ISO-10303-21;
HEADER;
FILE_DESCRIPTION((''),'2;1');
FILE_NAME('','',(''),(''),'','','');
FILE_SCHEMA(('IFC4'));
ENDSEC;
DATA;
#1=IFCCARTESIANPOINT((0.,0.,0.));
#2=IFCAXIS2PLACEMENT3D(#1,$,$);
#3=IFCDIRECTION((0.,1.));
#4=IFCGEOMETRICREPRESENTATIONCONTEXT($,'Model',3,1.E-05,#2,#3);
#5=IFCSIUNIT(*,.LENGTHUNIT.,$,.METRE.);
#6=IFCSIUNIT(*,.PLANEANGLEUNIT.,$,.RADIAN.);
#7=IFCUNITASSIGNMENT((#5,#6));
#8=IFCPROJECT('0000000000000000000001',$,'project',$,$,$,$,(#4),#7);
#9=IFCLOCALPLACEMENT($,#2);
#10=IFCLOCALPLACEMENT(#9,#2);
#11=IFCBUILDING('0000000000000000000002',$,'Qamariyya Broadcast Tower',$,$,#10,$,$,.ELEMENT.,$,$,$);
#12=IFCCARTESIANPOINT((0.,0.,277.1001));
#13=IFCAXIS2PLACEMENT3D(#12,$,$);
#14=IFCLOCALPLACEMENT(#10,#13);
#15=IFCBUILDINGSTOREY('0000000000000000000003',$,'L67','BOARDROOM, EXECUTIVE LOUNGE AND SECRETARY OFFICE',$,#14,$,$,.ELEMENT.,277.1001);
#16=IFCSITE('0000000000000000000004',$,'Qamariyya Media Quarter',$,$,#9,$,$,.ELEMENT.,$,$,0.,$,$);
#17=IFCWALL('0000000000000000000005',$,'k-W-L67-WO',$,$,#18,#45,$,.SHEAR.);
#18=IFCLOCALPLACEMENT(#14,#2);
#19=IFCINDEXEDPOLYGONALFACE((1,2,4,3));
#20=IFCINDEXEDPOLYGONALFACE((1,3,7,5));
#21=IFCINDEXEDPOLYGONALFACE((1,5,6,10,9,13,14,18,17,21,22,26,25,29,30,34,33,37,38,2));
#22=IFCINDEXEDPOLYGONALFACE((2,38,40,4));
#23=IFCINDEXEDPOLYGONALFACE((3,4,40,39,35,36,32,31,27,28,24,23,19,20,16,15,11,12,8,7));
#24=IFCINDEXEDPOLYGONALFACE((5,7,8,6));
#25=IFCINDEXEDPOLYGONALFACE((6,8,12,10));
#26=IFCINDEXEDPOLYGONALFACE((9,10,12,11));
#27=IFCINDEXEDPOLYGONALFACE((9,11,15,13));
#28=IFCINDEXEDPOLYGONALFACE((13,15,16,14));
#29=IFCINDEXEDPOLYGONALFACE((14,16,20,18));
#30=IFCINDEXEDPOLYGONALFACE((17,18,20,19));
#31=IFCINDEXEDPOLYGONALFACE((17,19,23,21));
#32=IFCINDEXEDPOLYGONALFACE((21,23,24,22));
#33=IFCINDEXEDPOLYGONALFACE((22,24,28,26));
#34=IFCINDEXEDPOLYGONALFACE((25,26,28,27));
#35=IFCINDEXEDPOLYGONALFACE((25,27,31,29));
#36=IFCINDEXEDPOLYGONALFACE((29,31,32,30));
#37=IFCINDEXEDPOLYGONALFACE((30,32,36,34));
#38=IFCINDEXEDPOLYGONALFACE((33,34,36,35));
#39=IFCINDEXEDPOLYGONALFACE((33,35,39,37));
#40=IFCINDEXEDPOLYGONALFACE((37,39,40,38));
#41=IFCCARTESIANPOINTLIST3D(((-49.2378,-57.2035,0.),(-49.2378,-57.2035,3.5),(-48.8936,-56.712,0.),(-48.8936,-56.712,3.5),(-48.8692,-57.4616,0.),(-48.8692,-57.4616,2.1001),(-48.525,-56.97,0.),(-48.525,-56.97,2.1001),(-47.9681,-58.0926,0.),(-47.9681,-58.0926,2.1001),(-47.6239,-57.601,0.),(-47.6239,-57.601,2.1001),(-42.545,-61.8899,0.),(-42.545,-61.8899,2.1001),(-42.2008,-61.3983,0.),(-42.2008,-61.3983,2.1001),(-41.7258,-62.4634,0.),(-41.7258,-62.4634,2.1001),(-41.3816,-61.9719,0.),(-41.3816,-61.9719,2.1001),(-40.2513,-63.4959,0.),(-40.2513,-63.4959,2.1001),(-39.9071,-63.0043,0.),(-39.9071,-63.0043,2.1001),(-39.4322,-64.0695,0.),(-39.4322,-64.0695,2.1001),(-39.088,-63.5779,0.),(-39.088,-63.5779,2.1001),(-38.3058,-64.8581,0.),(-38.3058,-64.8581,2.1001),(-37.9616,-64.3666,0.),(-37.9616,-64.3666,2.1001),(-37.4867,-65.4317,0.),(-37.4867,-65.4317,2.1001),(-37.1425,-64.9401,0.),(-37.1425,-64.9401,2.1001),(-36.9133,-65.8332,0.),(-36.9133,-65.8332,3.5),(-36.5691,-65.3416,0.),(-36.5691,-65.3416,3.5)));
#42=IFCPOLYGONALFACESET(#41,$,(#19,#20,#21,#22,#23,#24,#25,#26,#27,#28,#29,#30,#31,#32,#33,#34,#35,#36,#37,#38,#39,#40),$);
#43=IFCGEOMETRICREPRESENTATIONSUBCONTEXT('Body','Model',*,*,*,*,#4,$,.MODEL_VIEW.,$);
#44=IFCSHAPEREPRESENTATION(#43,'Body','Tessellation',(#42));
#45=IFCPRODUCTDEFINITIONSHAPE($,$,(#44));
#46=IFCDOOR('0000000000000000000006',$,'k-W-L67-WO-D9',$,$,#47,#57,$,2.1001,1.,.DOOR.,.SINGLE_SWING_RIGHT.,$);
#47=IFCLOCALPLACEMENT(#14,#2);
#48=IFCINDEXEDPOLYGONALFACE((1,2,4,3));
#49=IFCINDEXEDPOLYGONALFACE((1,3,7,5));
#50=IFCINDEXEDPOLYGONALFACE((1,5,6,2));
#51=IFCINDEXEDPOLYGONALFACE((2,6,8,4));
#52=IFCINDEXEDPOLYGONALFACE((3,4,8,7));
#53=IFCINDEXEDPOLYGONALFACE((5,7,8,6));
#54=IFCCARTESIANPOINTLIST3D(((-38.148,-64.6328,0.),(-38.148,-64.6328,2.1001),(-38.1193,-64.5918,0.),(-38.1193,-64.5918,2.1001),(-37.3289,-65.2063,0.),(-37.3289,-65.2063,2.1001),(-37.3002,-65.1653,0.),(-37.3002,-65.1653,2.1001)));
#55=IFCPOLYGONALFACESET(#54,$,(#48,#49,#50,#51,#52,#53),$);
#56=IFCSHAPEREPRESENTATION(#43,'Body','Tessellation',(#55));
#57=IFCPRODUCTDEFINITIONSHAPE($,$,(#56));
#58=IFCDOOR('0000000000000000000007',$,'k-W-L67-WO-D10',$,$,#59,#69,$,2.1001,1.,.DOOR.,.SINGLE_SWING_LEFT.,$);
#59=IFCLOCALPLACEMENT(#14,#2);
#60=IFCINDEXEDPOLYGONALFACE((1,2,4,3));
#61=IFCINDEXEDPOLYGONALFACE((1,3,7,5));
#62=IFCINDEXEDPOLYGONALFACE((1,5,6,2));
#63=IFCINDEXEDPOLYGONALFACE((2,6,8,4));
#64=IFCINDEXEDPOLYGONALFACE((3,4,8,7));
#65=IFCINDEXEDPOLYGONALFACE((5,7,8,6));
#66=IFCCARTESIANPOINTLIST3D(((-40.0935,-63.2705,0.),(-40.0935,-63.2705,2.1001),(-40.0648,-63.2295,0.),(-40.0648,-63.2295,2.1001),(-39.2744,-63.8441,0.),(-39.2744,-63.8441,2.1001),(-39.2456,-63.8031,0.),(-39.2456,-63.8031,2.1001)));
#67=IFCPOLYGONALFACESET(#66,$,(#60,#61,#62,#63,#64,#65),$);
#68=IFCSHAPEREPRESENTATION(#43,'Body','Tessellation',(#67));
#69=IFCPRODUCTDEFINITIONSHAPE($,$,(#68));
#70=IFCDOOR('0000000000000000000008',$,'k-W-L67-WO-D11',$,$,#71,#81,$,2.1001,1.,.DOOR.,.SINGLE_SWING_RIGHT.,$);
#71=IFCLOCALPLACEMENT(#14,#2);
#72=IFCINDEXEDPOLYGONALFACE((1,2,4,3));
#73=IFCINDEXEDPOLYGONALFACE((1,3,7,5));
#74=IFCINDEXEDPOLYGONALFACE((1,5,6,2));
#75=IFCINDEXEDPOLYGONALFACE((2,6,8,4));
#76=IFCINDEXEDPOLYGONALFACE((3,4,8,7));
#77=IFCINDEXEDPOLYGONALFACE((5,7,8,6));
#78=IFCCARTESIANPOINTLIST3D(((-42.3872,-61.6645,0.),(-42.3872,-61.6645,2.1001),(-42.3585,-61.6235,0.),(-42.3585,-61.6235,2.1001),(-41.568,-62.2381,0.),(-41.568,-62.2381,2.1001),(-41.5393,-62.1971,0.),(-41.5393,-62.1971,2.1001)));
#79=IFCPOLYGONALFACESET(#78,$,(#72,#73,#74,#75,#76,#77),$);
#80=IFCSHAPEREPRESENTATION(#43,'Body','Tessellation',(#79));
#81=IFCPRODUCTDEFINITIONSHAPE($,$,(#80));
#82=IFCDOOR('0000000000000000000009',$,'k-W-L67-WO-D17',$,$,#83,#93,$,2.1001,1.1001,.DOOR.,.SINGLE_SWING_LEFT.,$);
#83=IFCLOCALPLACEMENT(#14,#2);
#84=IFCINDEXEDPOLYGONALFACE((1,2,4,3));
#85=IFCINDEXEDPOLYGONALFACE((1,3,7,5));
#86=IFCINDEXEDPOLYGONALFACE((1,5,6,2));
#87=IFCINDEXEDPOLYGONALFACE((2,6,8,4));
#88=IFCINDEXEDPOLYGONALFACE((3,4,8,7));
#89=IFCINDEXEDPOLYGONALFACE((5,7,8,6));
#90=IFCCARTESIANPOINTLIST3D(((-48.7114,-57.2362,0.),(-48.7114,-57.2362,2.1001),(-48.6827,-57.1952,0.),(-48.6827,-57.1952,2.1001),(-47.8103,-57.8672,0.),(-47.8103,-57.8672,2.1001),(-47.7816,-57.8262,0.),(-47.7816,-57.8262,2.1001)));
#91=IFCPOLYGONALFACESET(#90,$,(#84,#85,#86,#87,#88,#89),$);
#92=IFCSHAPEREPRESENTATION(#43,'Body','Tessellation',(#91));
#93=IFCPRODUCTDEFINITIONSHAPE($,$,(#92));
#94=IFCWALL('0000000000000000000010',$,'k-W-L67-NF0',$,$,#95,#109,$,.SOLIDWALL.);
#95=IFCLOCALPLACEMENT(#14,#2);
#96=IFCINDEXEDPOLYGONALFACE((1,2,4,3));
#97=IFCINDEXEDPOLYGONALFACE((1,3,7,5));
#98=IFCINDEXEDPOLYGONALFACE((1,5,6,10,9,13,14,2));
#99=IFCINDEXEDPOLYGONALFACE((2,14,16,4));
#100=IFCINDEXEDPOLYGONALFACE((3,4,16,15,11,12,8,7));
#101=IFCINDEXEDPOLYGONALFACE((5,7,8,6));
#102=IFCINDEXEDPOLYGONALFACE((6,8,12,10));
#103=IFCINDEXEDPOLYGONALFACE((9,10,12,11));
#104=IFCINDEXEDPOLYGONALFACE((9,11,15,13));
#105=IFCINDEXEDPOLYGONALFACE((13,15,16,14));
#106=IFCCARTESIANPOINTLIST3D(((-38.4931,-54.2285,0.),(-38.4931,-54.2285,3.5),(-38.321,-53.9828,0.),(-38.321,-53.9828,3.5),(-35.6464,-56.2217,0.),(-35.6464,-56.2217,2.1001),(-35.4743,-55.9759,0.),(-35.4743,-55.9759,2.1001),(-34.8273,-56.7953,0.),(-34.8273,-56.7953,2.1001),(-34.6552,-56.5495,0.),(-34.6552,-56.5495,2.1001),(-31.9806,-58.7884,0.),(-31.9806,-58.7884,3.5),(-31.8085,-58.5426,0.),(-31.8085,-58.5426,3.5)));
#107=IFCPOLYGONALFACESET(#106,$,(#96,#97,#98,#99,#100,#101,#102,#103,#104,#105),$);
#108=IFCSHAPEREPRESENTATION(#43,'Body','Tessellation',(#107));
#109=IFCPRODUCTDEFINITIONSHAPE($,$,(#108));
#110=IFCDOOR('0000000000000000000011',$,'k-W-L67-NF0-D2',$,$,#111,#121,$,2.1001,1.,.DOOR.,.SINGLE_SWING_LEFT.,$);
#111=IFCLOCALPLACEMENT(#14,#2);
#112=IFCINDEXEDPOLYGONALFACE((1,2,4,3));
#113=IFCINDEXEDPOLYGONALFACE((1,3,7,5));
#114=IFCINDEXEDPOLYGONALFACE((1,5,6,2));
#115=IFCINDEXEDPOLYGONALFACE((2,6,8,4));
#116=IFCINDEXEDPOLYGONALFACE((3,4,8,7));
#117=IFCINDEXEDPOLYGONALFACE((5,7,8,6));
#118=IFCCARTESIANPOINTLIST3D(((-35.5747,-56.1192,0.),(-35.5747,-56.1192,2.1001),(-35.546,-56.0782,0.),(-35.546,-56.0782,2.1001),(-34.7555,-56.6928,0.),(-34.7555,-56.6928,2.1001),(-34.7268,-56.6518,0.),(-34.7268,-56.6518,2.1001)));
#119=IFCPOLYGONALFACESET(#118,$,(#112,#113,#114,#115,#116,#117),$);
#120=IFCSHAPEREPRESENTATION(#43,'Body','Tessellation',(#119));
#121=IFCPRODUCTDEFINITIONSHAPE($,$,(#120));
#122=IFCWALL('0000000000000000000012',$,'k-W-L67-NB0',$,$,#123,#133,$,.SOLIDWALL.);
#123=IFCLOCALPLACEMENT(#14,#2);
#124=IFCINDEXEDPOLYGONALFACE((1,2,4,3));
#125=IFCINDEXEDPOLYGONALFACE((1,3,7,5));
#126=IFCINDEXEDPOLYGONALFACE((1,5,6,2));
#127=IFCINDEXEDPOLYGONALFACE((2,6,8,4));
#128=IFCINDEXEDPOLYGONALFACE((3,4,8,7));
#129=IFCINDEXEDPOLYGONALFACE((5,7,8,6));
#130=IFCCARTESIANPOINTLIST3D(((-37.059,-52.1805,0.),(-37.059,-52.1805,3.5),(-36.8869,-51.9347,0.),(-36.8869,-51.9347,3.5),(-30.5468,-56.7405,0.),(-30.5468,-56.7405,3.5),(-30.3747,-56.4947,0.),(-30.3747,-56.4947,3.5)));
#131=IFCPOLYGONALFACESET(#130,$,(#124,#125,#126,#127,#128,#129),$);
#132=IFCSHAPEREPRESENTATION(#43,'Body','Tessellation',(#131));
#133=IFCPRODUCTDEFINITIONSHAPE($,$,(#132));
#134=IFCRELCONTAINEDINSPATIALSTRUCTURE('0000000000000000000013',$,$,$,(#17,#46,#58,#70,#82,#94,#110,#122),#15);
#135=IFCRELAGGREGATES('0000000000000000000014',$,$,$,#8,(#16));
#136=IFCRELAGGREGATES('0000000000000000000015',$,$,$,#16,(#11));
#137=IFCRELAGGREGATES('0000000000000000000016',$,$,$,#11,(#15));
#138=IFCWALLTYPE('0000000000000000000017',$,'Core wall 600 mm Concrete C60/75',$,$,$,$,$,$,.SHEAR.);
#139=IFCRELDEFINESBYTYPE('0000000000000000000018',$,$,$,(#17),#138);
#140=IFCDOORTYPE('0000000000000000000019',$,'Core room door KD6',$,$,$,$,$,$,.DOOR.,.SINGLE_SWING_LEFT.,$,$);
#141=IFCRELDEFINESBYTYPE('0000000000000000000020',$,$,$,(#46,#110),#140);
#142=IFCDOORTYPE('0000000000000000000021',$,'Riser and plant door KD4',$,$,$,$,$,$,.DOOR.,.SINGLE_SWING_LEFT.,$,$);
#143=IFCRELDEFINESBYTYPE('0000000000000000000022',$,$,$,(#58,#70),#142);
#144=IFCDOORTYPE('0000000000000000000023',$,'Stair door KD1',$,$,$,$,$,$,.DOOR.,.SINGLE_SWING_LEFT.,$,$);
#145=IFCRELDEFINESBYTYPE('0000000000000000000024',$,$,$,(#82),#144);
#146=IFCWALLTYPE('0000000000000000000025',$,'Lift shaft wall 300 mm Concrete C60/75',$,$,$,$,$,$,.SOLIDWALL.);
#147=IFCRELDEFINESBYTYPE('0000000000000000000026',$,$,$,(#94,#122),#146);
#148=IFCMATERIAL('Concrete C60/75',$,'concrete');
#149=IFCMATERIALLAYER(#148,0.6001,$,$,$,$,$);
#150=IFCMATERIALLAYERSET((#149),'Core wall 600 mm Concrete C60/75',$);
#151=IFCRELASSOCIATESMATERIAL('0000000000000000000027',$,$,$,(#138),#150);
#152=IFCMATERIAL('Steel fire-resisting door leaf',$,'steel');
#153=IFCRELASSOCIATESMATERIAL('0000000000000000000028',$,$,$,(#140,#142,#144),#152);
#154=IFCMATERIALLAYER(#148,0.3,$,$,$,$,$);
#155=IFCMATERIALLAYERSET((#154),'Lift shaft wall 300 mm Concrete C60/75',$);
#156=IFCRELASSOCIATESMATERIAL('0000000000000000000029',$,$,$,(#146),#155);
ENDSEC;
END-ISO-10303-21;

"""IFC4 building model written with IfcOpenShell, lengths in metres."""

from ifc_helpers import new_model, si_unit, direction, frame, frame_2d, origin, place, context, subcontext, project, spatial, rectangle, extrude, material, layer, layer_set, type_object, element, fill, save


model = new_model("IFC4")

# Units and contexts
model_context = context("Model", 3, precision=1e-05, world=origin(), true_north=direction((0.0, 1.0)))
body_context = subcontext(model_context, "Body", "Model", "MODEL_VIEW")
ifc_project = project(units=[si_unit("LENGTHUNIT", "METRE"), si_unit("PLANEANGLEUNIT", "RADIAN")], contexts=[model_context])

# Site, building, storey
site_placement = place(None, origin())
site = spatial("IfcSite", under=ifc_project, at=site_placement, Name="Qamariyya Media Quarter", CompositionType="ELEMENT", RefElevation=0.0)
building_placement = place(site_placement, origin())
building = spatial("IfcBuilding", under=site, at=building_placement, Name="Qamariyya Broadcast Tower", CompositionType="ELEMENT")
storey_placement = place(building_placement, frame((0.0, 0.0, 277.1001)))
storey = spatial("IfcBuildingStorey", under=building, at=storey_placement, Name="L67", Description="BOARDROOM, EXECUTIVE LOUNGE AND SECRETARY OFFICE", CompositionType="ELEMENT", Elevation=277.1001)

# Shared definitions
ifc_material_1 = material(Name="Concrete C60/75", Category="concrete")
ifc_layer_1 = layer(ifc_material_1, 0.6001)
ifc_layer_set_1 = layer_set([ifc_layer_1], Name="Core wall 600 mm Concrete C60/75")
wall_type_1 = type_object("IfcWallType", Name="Core wall 600 mm Concrete C60/75", PredefinedType="SHEAR", material=ifc_layer_set_1)
ifc_material_2 = material(Name="Steel fire-resisting door leaf", Category="steel")

# Wall, openings, doors
wall_1_placement = place(storey_placement, frame((-36.7412, -65.5874, 0.0), z_axis=(0.0, 0.0, 1.0), x_axis=(-0.819153, 0.573575, 0.0)))
wall_1 = element("IfcWall", 1, at=wall_1_placement, inside=storey, type_object=wall_type_1, Name="k-W-L67-WO", PredefinedType="SHEAR", context=body_context, shape_type="SweptSolid", body=[
    extrude(rectangle(XDim=15.0454, YDim=0.6001, at=frame_2d((7.5227, 0.0))), origin(), (0.0, 0.0, 1.0), 3.5),
])
opening_1_placement = place(wall_1_placement, frame((0.7, 0.0, 0.0)))
opening_1 = element("IfcOpeningElement", 2, at=opening_1_placement, cuts=wall_1, PredefinedType="OPENING", context=body_context, shape_type="SweptSolid", body=[
    extrude(rectangle(XDim=1.0, YDim=2.1001, at=frame_2d((0.5, 1.05))), frame((0.0, 0.3101, 0.0), z_axis=(0.0, -1.0, 0.0), x_axis=(1.0, 0.0, 0.0)), (0.0, 0.0, 1.0), 0.6201),
])
opening_2_placement = place(wall_1_placement, frame((3.075, 0.0, 0.0)))
opening_2 = element("IfcOpeningElement", 3, at=opening_2_placement, cuts=wall_1, PredefinedType="OPENING", context=body_context, shape_type="SweptSolid", body=[
    extrude(rectangle(XDim=1.0, YDim=2.1001, at=frame_2d((0.5, 1.05))), frame((0.0, 0.3101, 0.0), z_axis=(0.0, -1.0, 0.0), x_axis=(1.0, 0.0, 0.0)), (0.0, 0.0, 1.0), 0.6201),
])
opening_3_placement = place(wall_1_placement, frame((5.875, 0.0, 0.0)))
opening_3 = element("IfcOpeningElement", 4, at=opening_3_placement, cuts=wall_1, PredefinedType="OPENING", context=body_context, shape_type="SweptSolid", body=[
    extrude(rectangle(XDim=1.0, YDim=2.1001, at=frame_2d((0.5, 1.05))), frame((0.0, 0.3101, 0.0), z_axis=(0.0, -1.0, 0.0), x_axis=(1.0, 0.0, 0.0)), (0.0, 0.0, 1.0), 0.6201),
])
opening_4_placement = place(wall_1_placement, frame((13.4954, 0.0, 0.0)))
opening_4 = element("IfcOpeningElement", 5, at=opening_4_placement, cuts=wall_1, PredefinedType="OPENING", context=body_context, shape_type="SweptSolid", body=[
    extrude(rectangle(XDim=1.1001, YDim=2.1001, at=frame_2d((0.55, 1.05))), frame((0.0, 0.3101, 0.0), z_axis=(0.0, -1.0, 0.0), x_axis=(1.0, 0.0, 0.0)), (0.0, 0.0, 1.0), 0.6201),
])
door_type_1 = type_object("IfcDoorType", Name="Core room door KD6", OperationType="SINGLE_SWING_LEFT", PredefinedType="DOOR", material=ifc_material_2)
door_1_placement = place(opening_1_placement, origin())
door_1 = element("IfcDoor", 6, at=door_1_placement, inside=storey, type_object=door_type_1, Name="k-W-L67-WO-D9", OperationType="SINGLE_SWING_RIGHT", OverallHeight=2.1001, OverallWidth=1.0, PredefinedType="DOOR", context=body_context, shape_type="SweptSolid", body=[
    extrude(rectangle(XDim=1.0, YDim=2.1001, at=frame_2d((0.5, 1.05))), frame((0.0, 0.0249, 0.0), z_axis=(0.0, -1.0, 0.0), x_axis=(1.0, 0.0, 0.0)), (0.0, 0.0, 1.0), 0.05),
])
fill(opening_1, door_1)
door_type_2 = type_object("IfcDoorType", Name="Riser and plant door KD4", OperationType="SINGLE_SWING_LEFT", PredefinedType="DOOR", material=ifc_material_2)
door_2_placement = place(opening_2_placement, origin())
door_2 = element("IfcDoor", 7, at=door_2_placement, inside=storey, type_object=door_type_2, Name="k-W-L67-WO-D10", OperationType="SINGLE_SWING_LEFT", OverallHeight=2.1001, OverallWidth=1.0, PredefinedType="DOOR", context=body_context, shape_type="SweptSolid", body=[
    extrude(rectangle(XDim=1.0, YDim=2.1001, at=frame_2d((0.5, 1.05))), frame((0.0, 0.0249, 0.0), z_axis=(0.0, -1.0, 0.0), x_axis=(1.0, 0.0, 0.0)), (0.0, 0.0, 1.0), 0.05),
])
fill(opening_2, door_2)
door_3_placement = place(opening_3_placement, origin())
door_3 = element("IfcDoor", 8, at=door_3_placement, inside=storey, type_object=door_type_2, Name="k-W-L67-WO-D11", OperationType="SINGLE_SWING_RIGHT", OverallHeight=2.1001, OverallWidth=1.0, PredefinedType="DOOR", context=body_context, shape_type="SweptSolid", body=[
    extrude(rectangle(XDim=1.0, YDim=2.1001, at=frame_2d((0.5, 1.05))), frame((0.0, 0.0249, 0.0), z_axis=(0.0, -1.0, 0.0), x_axis=(1.0, 0.0, 0.0)), (0.0, 0.0, 1.0), 0.05),
])
fill(opening_3, door_3)
door_type_3 = type_object("IfcDoorType", Name="Stair door KD1", OperationType="SINGLE_SWING_LEFT", PredefinedType="DOOR", material=ifc_material_2)
door_4_placement = place(opening_4_placement, origin())
door_4 = element("IfcDoor", 9, at=door_4_placement, inside=storey, type_object=door_type_3, Name="k-W-L67-WO-D17", OperationType="SINGLE_SWING_LEFT", OverallHeight=2.1001, OverallWidth=1.1001, PredefinedType="DOOR", context=body_context, shape_type="SweptSolid", body=[
    extrude(rectangle(XDim=1.1001, YDim=2.1001, at=frame_2d((0.55, 1.05))), frame((0.0, 0.0249, 0.0), z_axis=(0.0, -1.0, 0.0), x_axis=(1.0, 0.0, 0.0)), (0.0, 0.0, 1.0), 0.05),
])
fill(opening_4, door_4)

# Wall, opening, door
ifc_layer_2 = layer(ifc_material_1, 0.3)
ifc_layer_set_2 = layer_set([ifc_layer_2], Name="Lift shaft wall 300 mm Concrete C60/75")
wall_type_2 = type_object("IfcWallType", Name="Lift shaft wall 300 mm Concrete C60/75", PredefinedType="SOLIDWALL", material=ifc_layer_set_2)
wall_2_placement = place(storey_placement, frame((-31.8945, -58.6655, 0.0), z_axis=(0.0, 0.0, 1.0), x_axis=(-0.819167, 0.573555, 0.0)))
wall_2 = element("IfcWall", 10, at=wall_2_placement, inside=storey, type_object=wall_type_2, Name="k-W-L67-NF0", PredefinedType="SOLIDWALL", context=body_context, shape_type="SweptSolid", body=[
    extrude(rectangle(XDim=7.9502, YDim=0.3, at=frame_2d((3.9751, 0.0))), origin(), (0.0, 0.0, 1.0), 3.5),
])
opening_5_placement = place(wall_2_placement, frame((3.4751, 0.0, 0.0)))
opening_5 = element("IfcOpeningElement", 11, at=opening_5_placement, cuts=wall_2, PredefinedType="OPENING", context=body_context, shape_type="SweptSolid", body=[
    extrude(rectangle(XDim=1.0, YDim=2.1001, at=frame_2d((0.5, 1.05))), frame((0.0, 0.1599, 0.0), z_axis=(0.0, -1.0, 0.0), x_axis=(1.0, 0.0, 0.0)), (0.0, 0.0, 1.0), 0.3201),
])
door_5_placement = place(opening_5_placement, origin())
door_5 = element("IfcDoor", 12, at=door_5_placement, inside=storey, type_object=door_type_1, Name="k-W-L67-NF0-D2", OperationType="SINGLE_SWING_LEFT", OverallHeight=2.1001, OverallWidth=1.0, PredefinedType="DOOR", context=body_context, shape_type="SweptSolid", body=[
    extrude(rectangle(XDim=1.0, YDim=2.1001, at=frame_2d((0.5, 1.05))), frame((0.0, 0.0249, 0.0), z_axis=(0.0, -1.0, 0.0), x_axis=(1.0, 0.0, 0.0)), (0.0, 0.0, 1.0), 0.05),
])
fill(opening_5, door_5)

# Wall
wall_3_placement = place(storey_placement, frame((-30.4607, -56.6177, 0.0), z_axis=(0.0, 0.0, 1.0), x_axis=(-0.819142, 0.57359, 0.0)))
element("IfcWall", 13, at=wall_3_placement, inside=storey, type_object=wall_type_2, Name="k-W-L67-NB0", PredefinedType="SOLIDWALL", context=body_context, shape_type="SweptSolid", body=[
    extrude(rectangle(XDim=7.95, YDim=0.3, at=frame_2d((3.9751, 0.0))), origin(), (0.0, 0.0, 1.0), 3.5),
])

save(model, "model.ifc")
